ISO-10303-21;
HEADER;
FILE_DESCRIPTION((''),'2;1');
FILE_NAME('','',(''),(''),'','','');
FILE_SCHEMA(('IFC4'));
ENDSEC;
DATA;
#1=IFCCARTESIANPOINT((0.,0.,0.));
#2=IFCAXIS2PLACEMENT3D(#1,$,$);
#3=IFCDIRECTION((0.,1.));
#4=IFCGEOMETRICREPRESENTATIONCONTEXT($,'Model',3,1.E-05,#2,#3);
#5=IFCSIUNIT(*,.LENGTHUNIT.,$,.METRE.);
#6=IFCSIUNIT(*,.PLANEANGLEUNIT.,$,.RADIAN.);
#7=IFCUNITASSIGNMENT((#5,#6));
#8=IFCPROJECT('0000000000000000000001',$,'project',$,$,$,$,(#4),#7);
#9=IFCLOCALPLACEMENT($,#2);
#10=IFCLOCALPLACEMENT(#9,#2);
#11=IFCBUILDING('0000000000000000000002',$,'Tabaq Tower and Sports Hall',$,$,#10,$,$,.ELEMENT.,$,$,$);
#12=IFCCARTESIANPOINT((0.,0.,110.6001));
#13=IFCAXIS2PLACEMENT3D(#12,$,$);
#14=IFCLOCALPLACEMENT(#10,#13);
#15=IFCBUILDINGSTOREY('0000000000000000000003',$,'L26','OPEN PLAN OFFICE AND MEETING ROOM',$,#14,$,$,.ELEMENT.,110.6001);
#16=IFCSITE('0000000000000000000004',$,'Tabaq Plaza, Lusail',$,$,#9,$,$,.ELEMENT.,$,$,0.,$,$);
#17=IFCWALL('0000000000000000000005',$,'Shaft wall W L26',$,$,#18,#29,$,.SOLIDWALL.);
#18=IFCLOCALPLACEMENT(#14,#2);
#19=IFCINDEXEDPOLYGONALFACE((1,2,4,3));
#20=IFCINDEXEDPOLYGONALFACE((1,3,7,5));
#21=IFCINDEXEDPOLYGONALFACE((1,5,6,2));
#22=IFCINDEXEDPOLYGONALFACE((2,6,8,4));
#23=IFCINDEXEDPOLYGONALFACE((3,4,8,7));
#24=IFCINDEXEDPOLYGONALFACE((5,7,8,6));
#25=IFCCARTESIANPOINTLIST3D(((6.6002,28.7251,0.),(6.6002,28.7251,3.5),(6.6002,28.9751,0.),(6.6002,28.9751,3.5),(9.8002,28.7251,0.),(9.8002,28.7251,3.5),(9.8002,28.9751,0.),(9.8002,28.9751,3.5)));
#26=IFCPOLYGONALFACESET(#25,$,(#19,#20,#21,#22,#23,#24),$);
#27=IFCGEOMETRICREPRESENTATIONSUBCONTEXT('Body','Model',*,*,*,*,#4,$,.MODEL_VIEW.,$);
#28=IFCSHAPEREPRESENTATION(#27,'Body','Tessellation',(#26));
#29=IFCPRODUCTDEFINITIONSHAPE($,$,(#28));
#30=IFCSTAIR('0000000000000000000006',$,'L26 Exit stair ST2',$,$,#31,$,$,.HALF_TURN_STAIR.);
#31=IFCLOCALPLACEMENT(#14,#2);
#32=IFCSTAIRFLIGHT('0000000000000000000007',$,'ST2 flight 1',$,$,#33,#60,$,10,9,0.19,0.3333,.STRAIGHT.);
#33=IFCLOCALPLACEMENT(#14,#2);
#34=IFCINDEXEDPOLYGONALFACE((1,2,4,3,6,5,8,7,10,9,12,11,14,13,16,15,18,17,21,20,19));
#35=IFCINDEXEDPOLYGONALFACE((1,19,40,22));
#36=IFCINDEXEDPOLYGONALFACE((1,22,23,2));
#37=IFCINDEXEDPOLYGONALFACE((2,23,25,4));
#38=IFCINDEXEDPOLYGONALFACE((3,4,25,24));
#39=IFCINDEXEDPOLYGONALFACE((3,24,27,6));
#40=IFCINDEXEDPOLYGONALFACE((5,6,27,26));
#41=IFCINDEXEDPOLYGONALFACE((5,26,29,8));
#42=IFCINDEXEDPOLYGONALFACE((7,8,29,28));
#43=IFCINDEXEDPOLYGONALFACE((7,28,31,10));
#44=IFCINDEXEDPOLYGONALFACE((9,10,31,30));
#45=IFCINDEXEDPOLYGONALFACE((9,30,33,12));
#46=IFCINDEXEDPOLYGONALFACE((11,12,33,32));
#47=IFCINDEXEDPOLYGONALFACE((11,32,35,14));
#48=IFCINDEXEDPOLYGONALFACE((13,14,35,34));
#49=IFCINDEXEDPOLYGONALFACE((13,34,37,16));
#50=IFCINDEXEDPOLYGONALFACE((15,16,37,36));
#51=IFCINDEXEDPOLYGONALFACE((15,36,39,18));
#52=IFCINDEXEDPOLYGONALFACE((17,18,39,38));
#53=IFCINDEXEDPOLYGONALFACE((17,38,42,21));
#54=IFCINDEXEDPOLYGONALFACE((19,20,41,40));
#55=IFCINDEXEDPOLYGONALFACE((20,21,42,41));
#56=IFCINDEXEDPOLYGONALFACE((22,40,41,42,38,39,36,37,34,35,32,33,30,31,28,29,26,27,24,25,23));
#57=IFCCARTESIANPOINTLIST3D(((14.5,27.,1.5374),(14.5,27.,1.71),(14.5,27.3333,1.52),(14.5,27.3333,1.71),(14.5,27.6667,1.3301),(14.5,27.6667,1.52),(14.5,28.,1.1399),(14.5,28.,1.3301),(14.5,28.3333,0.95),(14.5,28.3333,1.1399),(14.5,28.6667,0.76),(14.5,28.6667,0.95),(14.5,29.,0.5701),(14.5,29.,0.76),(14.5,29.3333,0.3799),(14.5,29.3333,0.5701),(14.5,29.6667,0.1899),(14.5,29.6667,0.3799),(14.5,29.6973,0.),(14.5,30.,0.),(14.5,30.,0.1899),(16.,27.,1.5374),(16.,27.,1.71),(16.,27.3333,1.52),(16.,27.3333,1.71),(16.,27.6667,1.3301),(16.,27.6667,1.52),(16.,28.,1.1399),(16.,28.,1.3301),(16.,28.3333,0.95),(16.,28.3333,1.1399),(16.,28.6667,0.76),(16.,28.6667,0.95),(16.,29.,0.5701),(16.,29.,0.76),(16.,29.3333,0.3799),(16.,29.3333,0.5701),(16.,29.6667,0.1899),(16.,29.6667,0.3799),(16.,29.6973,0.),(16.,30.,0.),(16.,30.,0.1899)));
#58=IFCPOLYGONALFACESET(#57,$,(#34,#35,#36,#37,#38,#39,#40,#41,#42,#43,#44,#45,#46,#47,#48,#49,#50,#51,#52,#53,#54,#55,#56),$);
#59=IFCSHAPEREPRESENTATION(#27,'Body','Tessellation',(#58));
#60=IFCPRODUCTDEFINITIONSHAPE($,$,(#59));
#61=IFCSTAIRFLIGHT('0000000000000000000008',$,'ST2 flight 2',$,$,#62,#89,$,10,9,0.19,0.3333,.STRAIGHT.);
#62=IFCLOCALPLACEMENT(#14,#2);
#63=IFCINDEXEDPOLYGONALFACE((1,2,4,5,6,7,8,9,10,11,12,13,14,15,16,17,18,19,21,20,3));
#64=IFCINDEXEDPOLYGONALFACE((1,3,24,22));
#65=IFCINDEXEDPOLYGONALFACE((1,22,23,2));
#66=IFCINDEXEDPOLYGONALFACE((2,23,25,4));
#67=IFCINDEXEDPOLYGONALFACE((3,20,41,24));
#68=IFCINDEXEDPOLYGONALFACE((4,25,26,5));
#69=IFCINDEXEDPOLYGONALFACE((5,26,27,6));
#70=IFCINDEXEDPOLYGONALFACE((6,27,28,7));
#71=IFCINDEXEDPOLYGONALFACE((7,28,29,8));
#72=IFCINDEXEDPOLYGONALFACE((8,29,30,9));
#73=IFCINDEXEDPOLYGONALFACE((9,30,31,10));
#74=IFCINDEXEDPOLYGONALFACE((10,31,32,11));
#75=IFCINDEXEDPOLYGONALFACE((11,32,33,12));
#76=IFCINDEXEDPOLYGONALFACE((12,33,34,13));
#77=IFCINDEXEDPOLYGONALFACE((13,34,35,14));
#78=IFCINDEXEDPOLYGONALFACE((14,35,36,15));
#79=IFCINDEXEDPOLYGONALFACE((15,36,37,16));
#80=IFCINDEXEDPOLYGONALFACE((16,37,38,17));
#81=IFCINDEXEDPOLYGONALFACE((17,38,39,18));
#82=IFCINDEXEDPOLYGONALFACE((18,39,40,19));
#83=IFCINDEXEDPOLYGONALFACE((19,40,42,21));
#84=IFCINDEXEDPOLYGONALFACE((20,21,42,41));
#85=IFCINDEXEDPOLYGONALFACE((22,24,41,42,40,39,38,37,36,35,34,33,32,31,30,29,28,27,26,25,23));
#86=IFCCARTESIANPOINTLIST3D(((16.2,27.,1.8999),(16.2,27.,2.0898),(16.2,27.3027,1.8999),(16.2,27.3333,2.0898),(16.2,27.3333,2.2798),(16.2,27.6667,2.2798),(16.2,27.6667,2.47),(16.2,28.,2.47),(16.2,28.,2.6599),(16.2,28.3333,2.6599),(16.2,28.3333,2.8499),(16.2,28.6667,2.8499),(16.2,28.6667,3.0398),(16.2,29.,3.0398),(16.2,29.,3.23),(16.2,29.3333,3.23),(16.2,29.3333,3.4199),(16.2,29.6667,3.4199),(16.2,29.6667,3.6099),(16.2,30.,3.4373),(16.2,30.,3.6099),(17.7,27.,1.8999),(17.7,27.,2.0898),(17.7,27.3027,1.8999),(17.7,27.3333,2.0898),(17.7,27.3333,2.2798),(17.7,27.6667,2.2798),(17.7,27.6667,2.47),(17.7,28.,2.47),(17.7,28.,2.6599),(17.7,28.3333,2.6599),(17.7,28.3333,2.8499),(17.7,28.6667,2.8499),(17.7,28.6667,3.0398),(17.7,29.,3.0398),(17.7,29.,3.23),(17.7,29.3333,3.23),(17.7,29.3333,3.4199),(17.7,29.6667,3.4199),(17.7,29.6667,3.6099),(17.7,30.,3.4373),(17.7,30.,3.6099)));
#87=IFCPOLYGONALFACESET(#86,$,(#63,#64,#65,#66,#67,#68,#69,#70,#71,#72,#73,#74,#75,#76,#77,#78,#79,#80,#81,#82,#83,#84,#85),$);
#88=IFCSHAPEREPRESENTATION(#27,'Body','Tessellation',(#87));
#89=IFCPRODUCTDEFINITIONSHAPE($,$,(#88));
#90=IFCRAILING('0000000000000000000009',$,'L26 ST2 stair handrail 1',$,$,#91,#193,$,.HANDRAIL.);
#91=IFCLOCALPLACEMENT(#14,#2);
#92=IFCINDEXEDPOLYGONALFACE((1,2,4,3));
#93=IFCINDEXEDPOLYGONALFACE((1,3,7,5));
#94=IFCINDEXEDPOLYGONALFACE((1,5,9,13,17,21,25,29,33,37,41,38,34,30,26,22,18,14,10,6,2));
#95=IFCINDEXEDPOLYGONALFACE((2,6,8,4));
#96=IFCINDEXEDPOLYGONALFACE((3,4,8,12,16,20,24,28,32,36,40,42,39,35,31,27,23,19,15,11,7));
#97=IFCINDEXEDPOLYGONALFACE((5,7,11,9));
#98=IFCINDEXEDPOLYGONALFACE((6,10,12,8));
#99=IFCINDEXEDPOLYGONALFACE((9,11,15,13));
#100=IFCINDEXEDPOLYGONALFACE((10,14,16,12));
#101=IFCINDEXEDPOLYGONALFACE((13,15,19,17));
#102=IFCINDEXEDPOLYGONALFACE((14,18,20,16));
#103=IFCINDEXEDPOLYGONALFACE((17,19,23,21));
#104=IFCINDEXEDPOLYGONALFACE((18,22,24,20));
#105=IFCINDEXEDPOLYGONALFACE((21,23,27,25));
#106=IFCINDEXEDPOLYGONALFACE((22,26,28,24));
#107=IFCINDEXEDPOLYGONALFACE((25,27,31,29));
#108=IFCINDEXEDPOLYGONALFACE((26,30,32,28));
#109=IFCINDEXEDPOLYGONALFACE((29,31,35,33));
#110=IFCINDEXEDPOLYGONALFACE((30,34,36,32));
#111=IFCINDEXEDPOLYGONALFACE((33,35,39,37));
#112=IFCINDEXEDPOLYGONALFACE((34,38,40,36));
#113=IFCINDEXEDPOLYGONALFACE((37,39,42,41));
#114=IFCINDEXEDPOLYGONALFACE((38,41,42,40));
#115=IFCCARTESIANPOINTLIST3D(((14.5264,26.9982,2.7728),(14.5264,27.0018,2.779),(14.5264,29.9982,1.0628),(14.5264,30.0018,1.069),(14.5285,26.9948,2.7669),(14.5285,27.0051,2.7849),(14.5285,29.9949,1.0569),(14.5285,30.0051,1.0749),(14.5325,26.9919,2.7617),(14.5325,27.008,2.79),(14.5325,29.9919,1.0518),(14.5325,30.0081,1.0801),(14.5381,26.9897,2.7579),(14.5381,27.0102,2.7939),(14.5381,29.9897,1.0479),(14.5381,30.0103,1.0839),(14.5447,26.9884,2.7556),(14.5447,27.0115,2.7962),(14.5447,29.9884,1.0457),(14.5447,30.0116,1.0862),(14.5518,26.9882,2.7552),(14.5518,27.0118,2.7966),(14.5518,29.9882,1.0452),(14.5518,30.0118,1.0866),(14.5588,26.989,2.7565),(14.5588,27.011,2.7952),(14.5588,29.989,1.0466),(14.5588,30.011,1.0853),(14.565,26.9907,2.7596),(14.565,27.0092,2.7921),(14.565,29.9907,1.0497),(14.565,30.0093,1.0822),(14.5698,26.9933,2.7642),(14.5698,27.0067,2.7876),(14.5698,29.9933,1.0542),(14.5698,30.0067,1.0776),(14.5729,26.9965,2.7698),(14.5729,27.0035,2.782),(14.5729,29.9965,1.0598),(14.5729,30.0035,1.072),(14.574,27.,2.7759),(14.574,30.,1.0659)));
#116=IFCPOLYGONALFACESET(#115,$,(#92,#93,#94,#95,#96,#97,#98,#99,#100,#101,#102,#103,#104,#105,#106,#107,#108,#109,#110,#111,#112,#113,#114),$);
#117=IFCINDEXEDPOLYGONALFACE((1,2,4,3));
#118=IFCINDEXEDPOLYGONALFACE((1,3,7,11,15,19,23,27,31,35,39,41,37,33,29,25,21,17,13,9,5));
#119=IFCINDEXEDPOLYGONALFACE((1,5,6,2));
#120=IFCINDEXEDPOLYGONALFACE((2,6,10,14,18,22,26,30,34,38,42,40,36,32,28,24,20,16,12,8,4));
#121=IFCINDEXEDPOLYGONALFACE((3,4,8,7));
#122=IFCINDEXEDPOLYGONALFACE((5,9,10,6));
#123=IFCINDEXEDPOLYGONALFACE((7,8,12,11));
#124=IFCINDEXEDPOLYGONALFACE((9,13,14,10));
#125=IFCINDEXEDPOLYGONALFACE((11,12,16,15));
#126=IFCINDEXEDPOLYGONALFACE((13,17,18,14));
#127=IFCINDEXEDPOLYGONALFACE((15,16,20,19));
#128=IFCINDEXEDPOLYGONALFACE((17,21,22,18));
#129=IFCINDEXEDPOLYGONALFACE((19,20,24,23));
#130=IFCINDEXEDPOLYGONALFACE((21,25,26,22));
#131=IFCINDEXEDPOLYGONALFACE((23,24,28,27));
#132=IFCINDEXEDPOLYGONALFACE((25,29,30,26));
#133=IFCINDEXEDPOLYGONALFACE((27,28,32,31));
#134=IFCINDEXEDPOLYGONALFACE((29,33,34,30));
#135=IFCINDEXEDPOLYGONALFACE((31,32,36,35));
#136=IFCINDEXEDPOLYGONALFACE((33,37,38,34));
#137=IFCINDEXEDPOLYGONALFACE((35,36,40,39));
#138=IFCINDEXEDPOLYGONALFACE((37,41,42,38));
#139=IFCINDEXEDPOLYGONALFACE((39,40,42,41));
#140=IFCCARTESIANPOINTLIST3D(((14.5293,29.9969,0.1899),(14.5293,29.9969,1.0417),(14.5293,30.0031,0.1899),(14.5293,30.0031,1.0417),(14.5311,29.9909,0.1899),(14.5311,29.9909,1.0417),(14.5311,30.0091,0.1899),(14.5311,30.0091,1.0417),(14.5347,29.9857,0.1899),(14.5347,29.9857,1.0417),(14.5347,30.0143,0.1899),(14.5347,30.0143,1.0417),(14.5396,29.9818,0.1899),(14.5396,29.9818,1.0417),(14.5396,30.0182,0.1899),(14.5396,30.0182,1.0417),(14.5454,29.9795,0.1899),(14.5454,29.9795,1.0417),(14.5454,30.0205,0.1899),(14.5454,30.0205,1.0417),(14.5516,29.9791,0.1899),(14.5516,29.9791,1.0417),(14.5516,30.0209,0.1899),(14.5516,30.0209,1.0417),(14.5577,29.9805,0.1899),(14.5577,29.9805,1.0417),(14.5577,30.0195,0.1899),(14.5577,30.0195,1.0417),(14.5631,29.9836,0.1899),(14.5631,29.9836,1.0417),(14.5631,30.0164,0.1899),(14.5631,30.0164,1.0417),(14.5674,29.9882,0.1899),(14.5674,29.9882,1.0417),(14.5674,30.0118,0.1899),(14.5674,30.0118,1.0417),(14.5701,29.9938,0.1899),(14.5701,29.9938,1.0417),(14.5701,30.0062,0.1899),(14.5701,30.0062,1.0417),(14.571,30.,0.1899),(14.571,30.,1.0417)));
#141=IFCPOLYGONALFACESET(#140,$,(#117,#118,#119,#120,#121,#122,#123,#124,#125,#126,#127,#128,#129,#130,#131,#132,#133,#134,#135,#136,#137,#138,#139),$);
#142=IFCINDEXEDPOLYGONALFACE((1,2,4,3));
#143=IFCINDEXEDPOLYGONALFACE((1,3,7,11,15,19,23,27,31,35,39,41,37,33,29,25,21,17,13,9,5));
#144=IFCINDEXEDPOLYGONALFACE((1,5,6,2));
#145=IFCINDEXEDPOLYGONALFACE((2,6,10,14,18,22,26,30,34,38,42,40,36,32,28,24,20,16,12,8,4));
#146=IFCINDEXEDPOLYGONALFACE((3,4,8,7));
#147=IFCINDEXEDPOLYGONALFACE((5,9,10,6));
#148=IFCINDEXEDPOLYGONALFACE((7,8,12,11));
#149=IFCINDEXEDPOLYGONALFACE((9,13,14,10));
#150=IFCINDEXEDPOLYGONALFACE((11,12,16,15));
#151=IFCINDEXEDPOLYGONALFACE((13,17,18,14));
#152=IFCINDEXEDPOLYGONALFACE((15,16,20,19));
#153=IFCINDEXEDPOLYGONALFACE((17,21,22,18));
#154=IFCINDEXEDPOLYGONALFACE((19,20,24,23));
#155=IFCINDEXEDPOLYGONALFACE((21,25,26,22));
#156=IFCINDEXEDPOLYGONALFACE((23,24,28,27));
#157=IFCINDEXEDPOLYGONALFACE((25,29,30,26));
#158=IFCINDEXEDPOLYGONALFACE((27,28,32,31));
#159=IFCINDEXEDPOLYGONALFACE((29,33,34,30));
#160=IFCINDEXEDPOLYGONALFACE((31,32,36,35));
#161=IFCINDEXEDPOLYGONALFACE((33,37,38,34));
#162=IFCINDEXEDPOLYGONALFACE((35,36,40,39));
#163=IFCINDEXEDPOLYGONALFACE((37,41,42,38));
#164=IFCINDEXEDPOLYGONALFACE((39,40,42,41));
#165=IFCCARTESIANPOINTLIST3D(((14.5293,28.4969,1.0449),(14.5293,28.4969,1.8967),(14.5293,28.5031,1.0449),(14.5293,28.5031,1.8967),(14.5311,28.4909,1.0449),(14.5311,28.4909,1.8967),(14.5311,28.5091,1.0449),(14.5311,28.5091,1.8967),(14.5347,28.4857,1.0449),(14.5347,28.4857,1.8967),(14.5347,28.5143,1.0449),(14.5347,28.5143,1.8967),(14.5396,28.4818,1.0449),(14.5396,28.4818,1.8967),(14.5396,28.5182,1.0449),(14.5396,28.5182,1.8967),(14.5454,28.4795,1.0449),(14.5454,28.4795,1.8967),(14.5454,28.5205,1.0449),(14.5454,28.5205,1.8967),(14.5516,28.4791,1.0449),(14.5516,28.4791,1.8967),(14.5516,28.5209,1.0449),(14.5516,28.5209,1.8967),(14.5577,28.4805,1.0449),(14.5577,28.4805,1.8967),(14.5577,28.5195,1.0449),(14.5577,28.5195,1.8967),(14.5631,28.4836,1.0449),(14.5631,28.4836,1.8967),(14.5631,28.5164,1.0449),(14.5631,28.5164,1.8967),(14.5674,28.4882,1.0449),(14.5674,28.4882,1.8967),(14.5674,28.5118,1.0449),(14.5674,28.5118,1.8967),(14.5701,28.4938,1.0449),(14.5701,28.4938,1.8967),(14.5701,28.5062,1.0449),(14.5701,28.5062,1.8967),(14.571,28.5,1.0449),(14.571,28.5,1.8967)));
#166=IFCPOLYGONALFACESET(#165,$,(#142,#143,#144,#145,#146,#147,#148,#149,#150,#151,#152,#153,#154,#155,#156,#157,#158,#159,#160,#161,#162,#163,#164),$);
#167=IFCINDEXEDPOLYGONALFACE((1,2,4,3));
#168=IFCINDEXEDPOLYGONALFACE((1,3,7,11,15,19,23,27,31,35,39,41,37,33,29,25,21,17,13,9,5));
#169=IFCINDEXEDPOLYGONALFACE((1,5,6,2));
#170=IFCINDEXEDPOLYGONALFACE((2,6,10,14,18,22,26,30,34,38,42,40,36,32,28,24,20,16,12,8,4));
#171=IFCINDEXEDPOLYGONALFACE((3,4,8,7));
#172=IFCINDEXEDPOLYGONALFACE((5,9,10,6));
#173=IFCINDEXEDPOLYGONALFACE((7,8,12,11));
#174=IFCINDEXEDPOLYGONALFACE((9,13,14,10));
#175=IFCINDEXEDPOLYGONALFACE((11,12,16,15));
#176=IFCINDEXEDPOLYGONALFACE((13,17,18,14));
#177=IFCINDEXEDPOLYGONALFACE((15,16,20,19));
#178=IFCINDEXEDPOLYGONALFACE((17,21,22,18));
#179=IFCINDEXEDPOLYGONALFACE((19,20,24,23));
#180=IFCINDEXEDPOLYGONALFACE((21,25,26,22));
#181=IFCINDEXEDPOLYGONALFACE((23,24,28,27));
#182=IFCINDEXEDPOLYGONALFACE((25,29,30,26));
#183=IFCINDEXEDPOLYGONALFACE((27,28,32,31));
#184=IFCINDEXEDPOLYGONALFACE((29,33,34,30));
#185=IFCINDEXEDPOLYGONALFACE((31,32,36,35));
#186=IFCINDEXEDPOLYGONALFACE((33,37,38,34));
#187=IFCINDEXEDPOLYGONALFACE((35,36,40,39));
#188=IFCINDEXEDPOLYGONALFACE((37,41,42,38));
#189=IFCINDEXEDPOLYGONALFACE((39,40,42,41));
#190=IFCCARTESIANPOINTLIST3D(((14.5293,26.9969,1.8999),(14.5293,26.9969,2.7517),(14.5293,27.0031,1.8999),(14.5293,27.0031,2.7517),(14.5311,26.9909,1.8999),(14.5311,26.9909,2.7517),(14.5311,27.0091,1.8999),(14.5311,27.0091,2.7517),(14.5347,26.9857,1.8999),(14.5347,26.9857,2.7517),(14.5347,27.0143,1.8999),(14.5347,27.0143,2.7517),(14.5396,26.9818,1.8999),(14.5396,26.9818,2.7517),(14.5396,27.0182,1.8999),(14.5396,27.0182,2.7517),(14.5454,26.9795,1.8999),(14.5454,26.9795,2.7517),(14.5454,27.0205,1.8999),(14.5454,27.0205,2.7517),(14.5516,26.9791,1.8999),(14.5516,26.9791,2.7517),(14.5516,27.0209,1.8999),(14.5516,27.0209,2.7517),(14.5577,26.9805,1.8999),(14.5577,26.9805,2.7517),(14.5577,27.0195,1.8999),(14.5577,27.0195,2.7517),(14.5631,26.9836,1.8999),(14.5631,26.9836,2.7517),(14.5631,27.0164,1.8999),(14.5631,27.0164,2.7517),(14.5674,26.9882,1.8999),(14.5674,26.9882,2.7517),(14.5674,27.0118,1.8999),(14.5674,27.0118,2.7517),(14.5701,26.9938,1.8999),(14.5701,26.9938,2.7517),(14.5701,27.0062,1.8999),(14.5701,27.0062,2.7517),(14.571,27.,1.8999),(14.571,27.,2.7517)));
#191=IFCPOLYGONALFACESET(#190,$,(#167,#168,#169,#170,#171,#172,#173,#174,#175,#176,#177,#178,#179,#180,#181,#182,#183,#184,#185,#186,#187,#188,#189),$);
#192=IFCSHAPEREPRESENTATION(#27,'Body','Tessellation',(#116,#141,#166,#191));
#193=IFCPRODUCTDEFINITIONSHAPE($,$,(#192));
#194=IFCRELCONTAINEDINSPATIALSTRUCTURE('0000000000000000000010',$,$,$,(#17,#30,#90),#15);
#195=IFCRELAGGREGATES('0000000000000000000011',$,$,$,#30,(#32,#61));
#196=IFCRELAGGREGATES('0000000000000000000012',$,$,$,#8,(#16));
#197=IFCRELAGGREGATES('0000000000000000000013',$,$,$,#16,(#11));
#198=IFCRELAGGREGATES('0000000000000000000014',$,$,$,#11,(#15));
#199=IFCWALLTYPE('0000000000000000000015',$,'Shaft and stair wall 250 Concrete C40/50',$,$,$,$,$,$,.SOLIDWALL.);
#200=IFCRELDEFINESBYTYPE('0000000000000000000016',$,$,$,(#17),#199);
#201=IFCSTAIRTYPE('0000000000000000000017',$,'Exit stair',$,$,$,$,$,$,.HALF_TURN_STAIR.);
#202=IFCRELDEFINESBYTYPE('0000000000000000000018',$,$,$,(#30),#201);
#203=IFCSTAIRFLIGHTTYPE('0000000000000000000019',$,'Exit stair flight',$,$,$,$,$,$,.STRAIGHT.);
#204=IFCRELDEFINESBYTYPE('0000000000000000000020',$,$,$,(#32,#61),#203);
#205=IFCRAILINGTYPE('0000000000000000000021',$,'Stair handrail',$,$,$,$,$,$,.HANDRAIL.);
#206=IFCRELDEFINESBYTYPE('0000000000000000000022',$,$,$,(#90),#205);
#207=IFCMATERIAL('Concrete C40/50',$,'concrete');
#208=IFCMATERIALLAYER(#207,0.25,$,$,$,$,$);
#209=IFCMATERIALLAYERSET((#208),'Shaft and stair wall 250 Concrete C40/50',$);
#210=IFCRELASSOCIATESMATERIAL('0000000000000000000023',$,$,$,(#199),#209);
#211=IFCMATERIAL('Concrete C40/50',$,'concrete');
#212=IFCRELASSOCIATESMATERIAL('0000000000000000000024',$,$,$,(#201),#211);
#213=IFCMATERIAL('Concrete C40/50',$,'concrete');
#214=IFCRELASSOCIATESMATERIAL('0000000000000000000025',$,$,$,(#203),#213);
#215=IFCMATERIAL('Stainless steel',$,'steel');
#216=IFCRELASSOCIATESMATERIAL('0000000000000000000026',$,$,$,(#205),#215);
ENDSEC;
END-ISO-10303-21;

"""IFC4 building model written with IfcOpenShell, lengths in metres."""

from ifc_helpers import new_model, si_unit, direction, frame, frame_2d, origin, origin_2d, place, context, subcontext, project, spatial, polyline, rectangle, circle, outline, extrude, material, layer, layer_set, type_object, element, aggregate, save


model = new_model("IFC4")

# Units and contexts
model_context = context("Model", 3, precision=1e-05, world=origin(), true_north=direction((0.0, 1.0)))
body_context = subcontext(model_context, "Body", "Model", "MODEL_VIEW")
ifc_project = project(units=[si_unit("LENGTHUNIT", "METRE"), si_unit("PLANEANGLEUNIT", "RADIAN")], contexts=[model_context])

# Site, building, storey
site_placement = place(None, origin())
site = spatial("IfcSite", under=ifc_project, at=site_placement, Name="Tabaq Plaza, Lusail", CompositionType="ELEMENT", RefElevation=0.0)
building_placement = place(site_placement, origin())
building = spatial("IfcBuilding", under=site, at=building_placement, Name="Tabaq Tower and Sports Hall", CompositionType="ELEMENT")
storey_placement = place(building_placement, frame((0.0, 0.0, 110.6001)))
storey = spatial("IfcBuildingStorey", under=building, at=storey_placement, Name="L26", Description="OPEN PLAN OFFICE AND MEETING ROOM", CompositionType="ELEMENT", Elevation=110.6001)

# Shared definitions
ifc_material_1 = material(Name="Concrete C40/50", Category="concrete")
ifc_layer_1 = layer(ifc_material_1, 0.25)
ifc_layer_set_1 = layer_set([ifc_layer_1], Name="Shaft and stair wall 250 Concrete C40/50")
wall_type_1 = type_object("IfcWallType", Name="Shaft and stair wall 250 Concrete C40/50", PredefinedType="SOLIDWALL", material=ifc_layer_set_1)

# Wall
wall_1_placement = place(storey_placement, frame((6.6001, 28.8501, 0.0), z_axis=(0.0, 0.0, 1.0), x_axis=(1.0, 0.0, 0.0)))
element("IfcWall", 1, at=wall_1_placement, inside=storey, type_object=wall_type_1, Name="Shaft wall W L26", PredefinedType="SOLIDWALL", context=body_context, shape_type="SweptSolid", body=[
    extrude(rectangle(XDim=3.2, YDim=0.25, at=frame_2d((1.6001, 0.0))), origin(), (0.0, 0.0, 1.0), 3.5),
])

# Stair, stair flights
ifc_material_2 = material(Name="Concrete C40/50", Category="concrete")
stair_type = type_object("IfcStairType", Name="Exit stair", PredefinedType="HALF_TURN_STAIR", material=ifc_material_2)
stair_placement = place(storey_placement, origin())
stair = element("IfcStair", 2, at=stair_placement, inside=storey, type_object=stair_type, Name="L26 Exit stair ST2", PredefinedType="HALF_TURN_STAIR")
ifc_material_3 = material(Name="Concrete C40/50", Category="concrete")
stair_flight_type = type_object("IfcStairFlightType", Name="Exit stair flight", PredefinedType="STRAIGHT", material=ifc_material_3)
stair_flight_1_placement = place(storey_placement, frame((15.25, 30.0, 0.0), z_axis=(0.0, 0.0, 1.0), x_axis=(0.0, -1.0, 0.0)))
stair_flight_1 = element("IfcStairFlight", 3, at=stair_flight_1_placement, type_object=stair_flight_type, Name="ST2 flight 1", NumberOfRisers=10, NumberOfTreads=9, PredefinedType="STRAIGHT", RiserHeight=0.19, TreadLength=0.3333, context=body_context, shape_type="SweptSolid", body=[
    extrude(outline(polyline([(0.0, 0.0), (0.0, 0.1899), (0.3333, 0.1899), (0.3333, 0.3799), (0.6667, 0.3799), (0.6667, 0.5701), (1.0, 0.5701), (1.0, 0.76), (1.3333, 0.76), (1.3333, 0.95), (1.6667, 0.95), (1.6667, 1.1399), (2.0, 1.1399), (2.0, 1.3301), (2.3333, 1.3301), (2.3333, 1.52), (2.6667, 1.52), (2.6667, 1.71), (3.0, 1.71), (3.0, 1.8999), (3.0, 1.5374), (0.3027, 0.0), (0.0, 0.0)])), frame((0.0, 0.75, 0.0), z_axis=(0.0, -1.0, 0.0), x_axis=(1.0, 0.0, 0.0)), (0.0, 0.0, 1.0), 1.5),
])
stair_flight_2_placement = place(storey_placement, frame((16.95, 27.0, 1.8999), z_axis=(0.0, 0.0, 1.0), x_axis=(0.0, 1.0, 0.0)))
stair_flight_2 = element("IfcStairFlight", 4, at=stair_flight_2_placement, type_object=stair_flight_type, Name="ST2 flight 2", NumberOfRisers=10, NumberOfTreads=9, PredefinedType="STRAIGHT", RiserHeight=0.19, TreadLength=0.3333, context=body_context, shape_type="SweptSolid", body=[
    extrude(outline(polyline([(0.0, 0.0), (0.0, 0.1899), (0.3333, 0.1899), (0.3333, 0.3799), (0.6667, 0.3799), (0.6667, 0.5701), (1.0, 0.5701), (1.0, 0.76), (1.3333, 0.76), (1.3333, 0.95), (1.6667, 0.95), (1.6667, 1.1399), (2.0, 1.1399), (2.0, 1.3301), (2.3333, 1.3301), (2.3333, 1.52), (2.6667, 1.52), (2.6667, 1.71), (3.0, 1.71), (3.0, 1.8999), (3.0, 1.5374), (0.3027, 0.0), (0.0, 0.0)])), frame((0.0, 0.75, 0.0), z_axis=(0.0, -1.0, 0.0), x_axis=(1.0, 0.0, 0.0)), (0.0, 0.0, 1.0), 1.5),
])
aggregate(stair, [stair_flight_1, stair_flight_2])

# Railing
ifc_material_4 = material(Name="Stainless steel", Category="steel")
railing_type_1 = type_object("IfcRailingType", Name="Stair handrail", PredefinedType="HANDRAIL", material=ifc_material_4)
railing_1_placement = place(storey_placement, frame((14.55, 30.0, 0.1899)))
element("IfcRailing", 5, at=railing_1_placement, inside=storey, type_object=railing_type_1, Name="L26 ST2 stair handrail 1", PredefinedType="HANDRAIL", context=body_context, shape_type="SweptSolid", body=[
    extrude(circle(Radius=0.0239, at=origin_2d()), frame((0.0, 0.0, 0.876), z_axis=(0.0, -0.868782, 0.495195), x_axis=(1.0, 0.0, 0.0)), (0.0, 0.0, 1.0), 3.4531),
    extrude(circle(Radius=0.021, at=origin_2d()), origin(), (0.0, 0.0, 1.0), 0.8518),
    extrude(circle(Radius=0.021, at=origin_2d()), frame((0.0, -1.5, 0.855)), (0.0, 0.0, 1.0), 0.8518),
    extrude(circle(Radius=0.021, at=origin_2d()), frame((0.0, -3.0, 1.71)), (0.0, 0.0, 1.0), 0.8518),
])

save(model, "model.ifc")
